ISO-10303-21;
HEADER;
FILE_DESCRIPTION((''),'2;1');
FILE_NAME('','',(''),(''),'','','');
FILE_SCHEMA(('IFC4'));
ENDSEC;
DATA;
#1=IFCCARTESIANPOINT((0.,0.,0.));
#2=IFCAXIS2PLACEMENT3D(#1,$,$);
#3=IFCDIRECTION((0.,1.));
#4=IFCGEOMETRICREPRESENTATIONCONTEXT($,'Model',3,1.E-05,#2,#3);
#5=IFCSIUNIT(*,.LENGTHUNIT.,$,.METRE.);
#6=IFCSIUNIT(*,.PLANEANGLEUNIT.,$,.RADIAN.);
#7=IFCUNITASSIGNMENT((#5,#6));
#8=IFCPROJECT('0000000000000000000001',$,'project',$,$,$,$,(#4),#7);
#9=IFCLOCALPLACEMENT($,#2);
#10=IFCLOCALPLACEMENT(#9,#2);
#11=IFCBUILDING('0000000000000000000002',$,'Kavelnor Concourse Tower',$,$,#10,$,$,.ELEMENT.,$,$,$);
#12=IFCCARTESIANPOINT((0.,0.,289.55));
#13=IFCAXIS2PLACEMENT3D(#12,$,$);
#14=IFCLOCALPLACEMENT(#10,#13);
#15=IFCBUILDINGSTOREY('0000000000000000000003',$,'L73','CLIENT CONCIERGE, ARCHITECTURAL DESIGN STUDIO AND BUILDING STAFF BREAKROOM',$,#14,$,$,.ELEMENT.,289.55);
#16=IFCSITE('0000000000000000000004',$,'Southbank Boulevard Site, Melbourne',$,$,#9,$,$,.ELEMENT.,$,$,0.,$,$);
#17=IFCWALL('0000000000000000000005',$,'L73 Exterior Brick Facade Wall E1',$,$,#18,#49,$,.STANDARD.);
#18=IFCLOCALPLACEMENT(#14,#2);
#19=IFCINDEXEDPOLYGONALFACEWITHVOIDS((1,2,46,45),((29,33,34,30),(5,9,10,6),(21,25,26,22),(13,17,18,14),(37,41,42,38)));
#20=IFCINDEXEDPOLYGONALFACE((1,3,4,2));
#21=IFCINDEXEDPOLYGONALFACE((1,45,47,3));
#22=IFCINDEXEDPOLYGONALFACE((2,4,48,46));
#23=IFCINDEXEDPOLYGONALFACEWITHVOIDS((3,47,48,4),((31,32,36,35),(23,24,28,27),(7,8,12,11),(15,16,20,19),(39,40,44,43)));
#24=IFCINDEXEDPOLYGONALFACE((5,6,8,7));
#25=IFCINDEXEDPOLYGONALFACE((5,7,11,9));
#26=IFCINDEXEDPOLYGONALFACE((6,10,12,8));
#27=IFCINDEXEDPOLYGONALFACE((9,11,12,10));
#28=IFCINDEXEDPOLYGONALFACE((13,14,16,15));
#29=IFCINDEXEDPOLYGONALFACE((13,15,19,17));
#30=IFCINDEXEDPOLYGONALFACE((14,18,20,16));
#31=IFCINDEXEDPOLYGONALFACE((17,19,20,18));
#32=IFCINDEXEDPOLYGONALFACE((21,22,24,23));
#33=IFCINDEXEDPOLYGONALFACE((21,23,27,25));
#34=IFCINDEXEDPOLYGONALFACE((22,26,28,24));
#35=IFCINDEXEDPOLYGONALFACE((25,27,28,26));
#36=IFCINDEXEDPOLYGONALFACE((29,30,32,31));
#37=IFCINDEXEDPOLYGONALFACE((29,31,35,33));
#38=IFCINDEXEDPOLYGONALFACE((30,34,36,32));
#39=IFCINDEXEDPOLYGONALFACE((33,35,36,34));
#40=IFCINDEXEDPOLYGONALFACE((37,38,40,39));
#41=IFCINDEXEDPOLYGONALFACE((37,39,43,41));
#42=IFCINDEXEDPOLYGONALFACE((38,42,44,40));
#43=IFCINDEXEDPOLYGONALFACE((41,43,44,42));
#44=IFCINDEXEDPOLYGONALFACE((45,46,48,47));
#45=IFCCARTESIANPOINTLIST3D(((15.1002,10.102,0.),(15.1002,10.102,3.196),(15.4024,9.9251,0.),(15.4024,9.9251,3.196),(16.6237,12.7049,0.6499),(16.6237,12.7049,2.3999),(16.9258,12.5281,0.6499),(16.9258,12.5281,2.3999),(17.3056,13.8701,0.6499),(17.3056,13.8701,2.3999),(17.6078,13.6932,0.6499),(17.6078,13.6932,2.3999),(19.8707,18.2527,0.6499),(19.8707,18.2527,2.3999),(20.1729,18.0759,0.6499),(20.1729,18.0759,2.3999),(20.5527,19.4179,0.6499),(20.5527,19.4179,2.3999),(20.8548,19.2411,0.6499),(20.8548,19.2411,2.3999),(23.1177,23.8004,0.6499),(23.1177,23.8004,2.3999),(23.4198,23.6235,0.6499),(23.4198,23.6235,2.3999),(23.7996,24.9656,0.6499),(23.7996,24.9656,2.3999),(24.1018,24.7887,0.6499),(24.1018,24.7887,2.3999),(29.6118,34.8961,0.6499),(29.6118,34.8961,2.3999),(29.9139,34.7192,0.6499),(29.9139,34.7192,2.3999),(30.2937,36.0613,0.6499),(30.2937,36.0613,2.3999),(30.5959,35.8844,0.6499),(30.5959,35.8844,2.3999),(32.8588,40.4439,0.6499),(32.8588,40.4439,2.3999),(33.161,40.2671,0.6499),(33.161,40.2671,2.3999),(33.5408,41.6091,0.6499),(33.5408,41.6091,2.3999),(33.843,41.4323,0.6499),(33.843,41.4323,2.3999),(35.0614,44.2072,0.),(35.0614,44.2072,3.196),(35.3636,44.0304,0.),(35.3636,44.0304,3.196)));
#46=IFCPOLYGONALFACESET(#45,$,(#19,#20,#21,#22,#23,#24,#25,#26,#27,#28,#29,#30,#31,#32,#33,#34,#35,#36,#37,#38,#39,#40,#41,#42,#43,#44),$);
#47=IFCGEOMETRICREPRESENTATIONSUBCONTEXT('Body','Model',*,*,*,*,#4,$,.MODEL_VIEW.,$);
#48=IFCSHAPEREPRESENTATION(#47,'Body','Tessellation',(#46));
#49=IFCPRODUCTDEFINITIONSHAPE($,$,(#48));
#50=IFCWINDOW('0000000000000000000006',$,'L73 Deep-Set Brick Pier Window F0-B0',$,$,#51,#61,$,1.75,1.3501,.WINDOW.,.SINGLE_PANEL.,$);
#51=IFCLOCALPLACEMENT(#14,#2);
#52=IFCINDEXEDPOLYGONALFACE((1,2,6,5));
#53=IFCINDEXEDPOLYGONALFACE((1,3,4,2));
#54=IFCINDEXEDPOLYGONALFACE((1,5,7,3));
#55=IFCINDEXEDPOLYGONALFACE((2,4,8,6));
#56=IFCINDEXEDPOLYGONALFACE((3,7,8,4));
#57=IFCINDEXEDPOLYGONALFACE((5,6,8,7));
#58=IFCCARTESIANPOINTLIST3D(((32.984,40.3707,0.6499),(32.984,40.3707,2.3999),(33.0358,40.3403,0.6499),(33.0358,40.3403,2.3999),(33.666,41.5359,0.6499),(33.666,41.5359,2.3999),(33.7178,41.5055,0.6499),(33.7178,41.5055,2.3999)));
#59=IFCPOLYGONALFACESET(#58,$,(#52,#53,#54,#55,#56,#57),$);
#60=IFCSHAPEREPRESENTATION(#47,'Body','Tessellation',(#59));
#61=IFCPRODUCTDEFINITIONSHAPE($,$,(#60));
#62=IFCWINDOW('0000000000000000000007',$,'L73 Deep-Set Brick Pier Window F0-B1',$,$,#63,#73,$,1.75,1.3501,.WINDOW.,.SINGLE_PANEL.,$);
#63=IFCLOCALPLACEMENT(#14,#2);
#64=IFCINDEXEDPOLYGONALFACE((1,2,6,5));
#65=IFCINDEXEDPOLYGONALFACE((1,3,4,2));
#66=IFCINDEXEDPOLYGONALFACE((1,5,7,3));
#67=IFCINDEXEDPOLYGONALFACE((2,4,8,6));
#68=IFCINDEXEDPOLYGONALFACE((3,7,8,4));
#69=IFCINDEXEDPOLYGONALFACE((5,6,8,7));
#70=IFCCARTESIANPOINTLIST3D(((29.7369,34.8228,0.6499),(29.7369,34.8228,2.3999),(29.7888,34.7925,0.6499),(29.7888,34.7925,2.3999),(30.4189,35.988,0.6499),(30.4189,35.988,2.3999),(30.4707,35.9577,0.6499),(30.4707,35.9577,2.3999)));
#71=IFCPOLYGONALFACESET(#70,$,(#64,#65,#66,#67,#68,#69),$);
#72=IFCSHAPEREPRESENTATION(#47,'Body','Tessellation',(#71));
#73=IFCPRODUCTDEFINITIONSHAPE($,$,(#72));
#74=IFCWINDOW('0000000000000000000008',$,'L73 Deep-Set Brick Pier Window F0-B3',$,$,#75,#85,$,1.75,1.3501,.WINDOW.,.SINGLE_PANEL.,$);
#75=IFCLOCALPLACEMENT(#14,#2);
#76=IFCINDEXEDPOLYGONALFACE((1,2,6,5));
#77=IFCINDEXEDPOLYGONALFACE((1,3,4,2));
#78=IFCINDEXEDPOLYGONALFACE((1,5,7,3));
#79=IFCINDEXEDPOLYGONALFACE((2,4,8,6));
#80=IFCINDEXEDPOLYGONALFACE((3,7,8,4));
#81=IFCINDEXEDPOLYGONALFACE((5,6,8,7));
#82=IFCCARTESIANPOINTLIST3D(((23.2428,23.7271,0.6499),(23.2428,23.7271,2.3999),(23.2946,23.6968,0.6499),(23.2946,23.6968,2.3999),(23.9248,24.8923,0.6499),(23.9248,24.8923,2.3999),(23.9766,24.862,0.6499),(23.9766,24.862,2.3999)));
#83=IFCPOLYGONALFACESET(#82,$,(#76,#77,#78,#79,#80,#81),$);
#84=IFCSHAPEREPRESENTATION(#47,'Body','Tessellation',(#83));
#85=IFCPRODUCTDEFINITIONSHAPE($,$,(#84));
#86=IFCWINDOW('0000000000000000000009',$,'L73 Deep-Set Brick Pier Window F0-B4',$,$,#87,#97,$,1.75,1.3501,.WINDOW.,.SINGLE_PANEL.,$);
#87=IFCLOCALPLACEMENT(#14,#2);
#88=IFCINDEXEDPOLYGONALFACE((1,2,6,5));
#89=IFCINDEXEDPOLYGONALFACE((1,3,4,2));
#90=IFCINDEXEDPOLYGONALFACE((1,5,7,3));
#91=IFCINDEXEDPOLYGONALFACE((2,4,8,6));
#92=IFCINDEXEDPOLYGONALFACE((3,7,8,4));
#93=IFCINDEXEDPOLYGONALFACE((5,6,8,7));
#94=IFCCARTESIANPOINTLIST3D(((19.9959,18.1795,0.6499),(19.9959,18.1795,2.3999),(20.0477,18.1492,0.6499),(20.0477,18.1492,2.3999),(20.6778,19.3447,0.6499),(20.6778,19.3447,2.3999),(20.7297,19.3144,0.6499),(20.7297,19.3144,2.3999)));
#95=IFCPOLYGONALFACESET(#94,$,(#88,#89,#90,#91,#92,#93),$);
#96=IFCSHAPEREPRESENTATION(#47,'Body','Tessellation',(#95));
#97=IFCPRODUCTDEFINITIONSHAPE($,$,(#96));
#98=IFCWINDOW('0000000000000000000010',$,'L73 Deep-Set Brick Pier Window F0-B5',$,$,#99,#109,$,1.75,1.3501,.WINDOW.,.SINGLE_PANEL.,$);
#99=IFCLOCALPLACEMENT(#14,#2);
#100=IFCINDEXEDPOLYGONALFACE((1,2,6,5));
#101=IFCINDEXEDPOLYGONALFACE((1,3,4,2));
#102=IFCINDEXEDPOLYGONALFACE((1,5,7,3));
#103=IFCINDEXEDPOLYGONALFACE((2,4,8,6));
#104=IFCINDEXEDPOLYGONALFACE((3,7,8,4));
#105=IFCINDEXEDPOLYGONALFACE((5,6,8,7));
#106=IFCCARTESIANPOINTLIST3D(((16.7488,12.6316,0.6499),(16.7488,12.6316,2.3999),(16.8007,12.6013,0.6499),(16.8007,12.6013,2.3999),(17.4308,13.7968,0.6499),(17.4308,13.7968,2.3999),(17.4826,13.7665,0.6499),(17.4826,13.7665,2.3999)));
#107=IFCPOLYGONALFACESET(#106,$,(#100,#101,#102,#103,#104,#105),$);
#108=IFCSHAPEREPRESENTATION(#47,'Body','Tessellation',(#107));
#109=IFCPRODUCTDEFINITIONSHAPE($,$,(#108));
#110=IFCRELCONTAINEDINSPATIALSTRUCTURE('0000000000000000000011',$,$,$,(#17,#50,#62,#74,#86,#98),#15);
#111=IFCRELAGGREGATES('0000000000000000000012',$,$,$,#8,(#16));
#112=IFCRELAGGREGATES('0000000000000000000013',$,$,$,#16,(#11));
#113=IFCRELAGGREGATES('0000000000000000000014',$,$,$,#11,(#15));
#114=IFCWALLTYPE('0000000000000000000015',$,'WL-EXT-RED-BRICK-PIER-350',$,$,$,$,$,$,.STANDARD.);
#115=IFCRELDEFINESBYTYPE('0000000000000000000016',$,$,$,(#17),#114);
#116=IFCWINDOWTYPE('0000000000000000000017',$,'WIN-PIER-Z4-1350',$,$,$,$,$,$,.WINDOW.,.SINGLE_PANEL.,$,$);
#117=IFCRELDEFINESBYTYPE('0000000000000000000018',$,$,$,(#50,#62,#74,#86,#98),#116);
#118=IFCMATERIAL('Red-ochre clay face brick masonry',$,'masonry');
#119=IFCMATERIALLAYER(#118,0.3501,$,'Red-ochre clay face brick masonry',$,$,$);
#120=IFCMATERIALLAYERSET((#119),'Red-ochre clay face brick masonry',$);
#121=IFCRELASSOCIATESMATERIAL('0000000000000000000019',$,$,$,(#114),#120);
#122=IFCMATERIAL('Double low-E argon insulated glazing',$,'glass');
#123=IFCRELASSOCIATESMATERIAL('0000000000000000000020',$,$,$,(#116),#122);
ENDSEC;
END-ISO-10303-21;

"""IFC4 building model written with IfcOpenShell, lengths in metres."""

from ifc_helpers import new_model, si_unit, direction, frame, frame_2d, origin, place, context, subcontext, project, spatial, rectangle, extrude, material, layer, layer_set, type_object, element, fill, save


model = new_model("IFC4")

# Units and contexts
model_context = context("Model", 3, precision=1e-05, world=origin(), true_north=direction((0.0, 1.0)))
body_context = subcontext(model_context, "Body", "Model", "MODEL_VIEW")
ifc_project = project(units=[si_unit("LENGTHUNIT", "METRE"), si_unit("PLANEANGLEUNIT", "RADIAN")], contexts=[model_context])

# Site, building, storey
site_placement = place(None, origin())
site = spatial("IfcSite", under=ifc_project, at=site_placement, Name="Southbank Boulevard Site, Melbourne", CompositionType="ELEMENT", RefElevation=0.0)
building_placement = place(site_placement, origin())
building = spatial("IfcBuilding", under=site, at=building_placement, Name="Kavelnor Concourse Tower", CompositionType="ELEMENT")
storey_placement = place(building_placement, frame((0.0, 0.0, 289.55)))
storey = spatial("IfcBuildingStorey", under=building, at=storey_placement, Name="L73", Description="CLIENT CONCIERGE, ARCHITECTURAL DESIGN STUDIO AND BUILDING STAFF BREAKROOM", CompositionType="ELEMENT", Elevation=289.55)

# Shared definitions
ifc_material_1 = material(Name="Double low-E argon insulated glazing", Category="glass")

# Wall, openings, windows
ifc_material_2 = material(Name="Red-ochre clay face brick masonry", Category="masonry")
ifc_layer_1 = layer(ifc_material_2, 0.3501, Name="Red-ochre clay face brick masonry")
ifc_layer_set_1 = layer_set([ifc_layer_1], Name="Red-ochre clay face brick masonry")
wall_type_1 = type_object("IfcWallType", Name="WL-EXT-RED-BRICK-PIER-350", PredefinedType="STANDARD", material=ifc_layer_set_1)
wall_1_placement = place(storey_placement, frame((15.2512, 10.0134, 0.0), z_axis=(0.0, 0.0, 1.0), x_axis=(0.505125, 0.863046, 0.0)))
wall_1 = element("IfcWall", 1, at=wall_1_placement, inside=storey, type_object=wall_type_1, Name="L73 Exterior Brick Facade Wall E1", PredefinedType="STANDARD", context=body_context, shape_type="SweptSolid", body=[
    extrude(rectangle(XDim=39.5173, YDim=0.3501, at=frame_2d((19.7588, 0.0))), origin(), (0.0, 0.0, 1.0), 3.196),
])
opening_1_placement = place(wall_1_placement, frame((35.157, 0.0, 0.6499)))
opening_1 = element("IfcOpeningElement", 2, at=opening_1_placement, cuts=wall_1, PredefinedType="OPENING", context=body_context, shape_type="SweptSolid", body=[
    extrude(rectangle(XDim=1.3501, YDim=1.75, at=frame_2d((0.675, 0.875))), frame((0.0, 0.1851, 0.0), z_axis=(0.0, -1.0, 0.0), x_axis=(1.0, 0.0, 0.0)), (0.0, 0.0, 1.0), 0.3701),
])
opening_2_placement = place(wall_1_placement, frame((28.7288, 0.0, 0.6499)))
opening_2 = element("IfcOpeningElement", 3, at=opening_2_placement, cuts=wall_1, PredefinedType="OPENING", context=body_context, shape_type="SweptSolid", body=[
    extrude(rectangle(XDim=1.3501, YDim=1.75, at=frame_2d((0.675, 0.875))), frame((0.0, 0.1851, 0.0), z_axis=(0.0, -1.0, 0.0), x_axis=(1.0, 0.0, 0.0)), (0.0, 0.0, 1.0), 0.3701),
])
opening_3_placement = place(wall_1_placement, frame((15.8723, 0.0, 0.6499)))
opening_3 = element("IfcOpeningElement", 4, at=opening_3_placement, cuts=wall_1, PredefinedType="OPENING", context=body_context, shape_type="SweptSolid", body=[
    extrude(rectangle(XDim=1.3501, YDim=1.75, at=frame_2d((0.675, 0.875))), frame((0.0, 0.1851, 0.0), z_axis=(0.0, -1.0, 0.0), x_axis=(1.0, 0.0, 0.0)), (0.0, 0.0, 1.0), 0.3701),
])
opening_4_placement = place(wall_1_placement, frame((9.4443, 0.0, 0.6499)))
opening_4 = element("IfcOpeningElement", 5, at=opening_4_placement, cuts=wall_1, PredefinedType="OPENING", context=body_context, shape_type="SweptSolid", body=[
    extrude(rectangle(XDim=1.3501, YDim=1.75, at=frame_2d((0.675, 0.875))), frame((0.0, 0.1851, 0.0), z_axis=(0.0, -1.0, 0.0), x_axis=(1.0, 0.0, 0.0)), (0.0, 0.0, 1.0), 0.3701),
])
opening_5_placement = place(wall_1_placement, frame((3.0161, 0.0, 0.6499)))
opening_5 = element("IfcOpeningElement", 6, at=opening_5_placement, cuts=wall_1, PredefinedType="OPENING", context=body_context, shape_type="SweptSolid", body=[
    extrude(rectangle(XDim=1.3501, YDim=1.75, at=frame_2d((0.675, 0.875))), frame((0.0, 0.1851, 0.0), z_axis=(0.0, -1.0, 0.0), x_axis=(1.0, 0.0, 0.0)), (0.0, 0.0, 1.0), 0.3701),
])
window_type_1 = type_object("IfcWindowType", Name="WIN-PIER-Z4-1350", PartitioningType="SINGLE_PANEL", PredefinedType="WINDOW", material=ifc_material_1)
window_1_placement = place(opening_1_placement, origin())
window_1 = element("IfcWindow", 7, at=window_1_placement, inside=storey, type_object=window_type_1, Name="L73 Deep-Set Brick Pier Window F0-B0", OverallHeight=1.75, OverallWidth=1.3501, PartitioningType="SINGLE_PANEL", PredefinedType="WINDOW", context=body_context, shape_type="SweptSolid", body=[
    extrude(rectangle(XDim=1.3501, YDim=1.75, at=frame_2d((0.675, 0.875))), frame((0.0, 0.03, 0.0), z_axis=(0.0, -1.0, 0.0), x_axis=(1.0, 0.0, 0.0)), (0.0, 0.0, 1.0), 0.0601),
])
fill(opening_1, window_1)
window_2_placement = place(opening_2_placement, origin())
window_2 = element("IfcWindow", 8, at=window_2_placement, inside=storey, type_object=window_type_1, Name="L73 Deep-Set Brick Pier Window F0-B1", OverallHeight=1.75, OverallWidth=1.3501, PartitioningType="SINGLE_PANEL", PredefinedType="WINDOW", context=body_context, shape_type="SweptSolid", body=[
    extrude(rectangle(XDim=1.3501, YDim=1.75, at=frame_2d((0.675, 0.875))), frame((0.0, 0.03, 0.0), z_axis=(0.0, -1.0, 0.0), x_axis=(1.0, 0.0, 0.0)), (0.0, 0.0, 1.0), 0.0601),
])
fill(opening_2, window_2)
window_3_placement = place(opening_3_placement, origin())
window_3 = element("IfcWindow", 9, at=window_3_placement, inside=storey, type_object=window_type_1, Name="L73 Deep-Set Brick Pier Window F0-B3", OverallHeight=1.75, OverallWidth=1.3501, PartitioningType="SINGLE_PANEL", PredefinedType="WINDOW", context=body_context, shape_type="SweptSolid", body=[
    extrude(rectangle(XDim=1.3501, YDim=1.75, at=frame_2d((0.675, 0.875))), frame((0.0, 0.03, 0.0), z_axis=(0.0, -1.0, 0.0), x_axis=(1.0, 0.0, 0.0)), (0.0, 0.0, 1.0), 0.0601),
])
fill(opening_3, window_3)
window_4_placement = place(opening_4_placement, origin())
window_4 = element("IfcWindow", 10, at=window_4_placement, inside=storey, type_object=window_type_1, Name="L73 Deep-Set Brick Pier Window F0-B4", OverallHeight=1.75, OverallWidth=1.3501, PartitioningType="SINGLE_PANEL", PredefinedType="WINDOW", context=body_context, shape_type="SweptSolid", body=[
    extrude(rectangle(XDim=1.3501, YDim=1.75, at=frame_2d((0.675, 0.875))), frame((0.0, 0.03, 0.0), z_axis=(0.0, -1.0, 0.0), x_axis=(1.0, 0.0, 0.0)), (0.0, 0.0, 1.0), 0.0601),
])
fill(opening_4, window_4)
window_5_placement = place(opening_5_placement, origin())
window_5 = element("IfcWindow", 11, at=window_5_placement, inside=storey, type_object=window_type_1, Name="L73 Deep-Set Brick Pier Window F0-B5", OverallHeight=1.75, OverallWidth=1.3501, PartitioningType="SINGLE_PANEL", PredefinedType="WINDOW", context=body_context, shape_type="SweptSolid", body=[
    extrude(rectangle(XDim=1.3501, YDim=1.75, at=frame_2d((0.675, 0.875))), frame((0.0, 0.03, 0.0), z_axis=(0.0, -1.0, 0.0), x_axis=(1.0, 0.0, 0.0)), (0.0, 0.0, 1.0), 0.0601),
])
fill(opening_5, window_5)

save(model, "model.ifc")
